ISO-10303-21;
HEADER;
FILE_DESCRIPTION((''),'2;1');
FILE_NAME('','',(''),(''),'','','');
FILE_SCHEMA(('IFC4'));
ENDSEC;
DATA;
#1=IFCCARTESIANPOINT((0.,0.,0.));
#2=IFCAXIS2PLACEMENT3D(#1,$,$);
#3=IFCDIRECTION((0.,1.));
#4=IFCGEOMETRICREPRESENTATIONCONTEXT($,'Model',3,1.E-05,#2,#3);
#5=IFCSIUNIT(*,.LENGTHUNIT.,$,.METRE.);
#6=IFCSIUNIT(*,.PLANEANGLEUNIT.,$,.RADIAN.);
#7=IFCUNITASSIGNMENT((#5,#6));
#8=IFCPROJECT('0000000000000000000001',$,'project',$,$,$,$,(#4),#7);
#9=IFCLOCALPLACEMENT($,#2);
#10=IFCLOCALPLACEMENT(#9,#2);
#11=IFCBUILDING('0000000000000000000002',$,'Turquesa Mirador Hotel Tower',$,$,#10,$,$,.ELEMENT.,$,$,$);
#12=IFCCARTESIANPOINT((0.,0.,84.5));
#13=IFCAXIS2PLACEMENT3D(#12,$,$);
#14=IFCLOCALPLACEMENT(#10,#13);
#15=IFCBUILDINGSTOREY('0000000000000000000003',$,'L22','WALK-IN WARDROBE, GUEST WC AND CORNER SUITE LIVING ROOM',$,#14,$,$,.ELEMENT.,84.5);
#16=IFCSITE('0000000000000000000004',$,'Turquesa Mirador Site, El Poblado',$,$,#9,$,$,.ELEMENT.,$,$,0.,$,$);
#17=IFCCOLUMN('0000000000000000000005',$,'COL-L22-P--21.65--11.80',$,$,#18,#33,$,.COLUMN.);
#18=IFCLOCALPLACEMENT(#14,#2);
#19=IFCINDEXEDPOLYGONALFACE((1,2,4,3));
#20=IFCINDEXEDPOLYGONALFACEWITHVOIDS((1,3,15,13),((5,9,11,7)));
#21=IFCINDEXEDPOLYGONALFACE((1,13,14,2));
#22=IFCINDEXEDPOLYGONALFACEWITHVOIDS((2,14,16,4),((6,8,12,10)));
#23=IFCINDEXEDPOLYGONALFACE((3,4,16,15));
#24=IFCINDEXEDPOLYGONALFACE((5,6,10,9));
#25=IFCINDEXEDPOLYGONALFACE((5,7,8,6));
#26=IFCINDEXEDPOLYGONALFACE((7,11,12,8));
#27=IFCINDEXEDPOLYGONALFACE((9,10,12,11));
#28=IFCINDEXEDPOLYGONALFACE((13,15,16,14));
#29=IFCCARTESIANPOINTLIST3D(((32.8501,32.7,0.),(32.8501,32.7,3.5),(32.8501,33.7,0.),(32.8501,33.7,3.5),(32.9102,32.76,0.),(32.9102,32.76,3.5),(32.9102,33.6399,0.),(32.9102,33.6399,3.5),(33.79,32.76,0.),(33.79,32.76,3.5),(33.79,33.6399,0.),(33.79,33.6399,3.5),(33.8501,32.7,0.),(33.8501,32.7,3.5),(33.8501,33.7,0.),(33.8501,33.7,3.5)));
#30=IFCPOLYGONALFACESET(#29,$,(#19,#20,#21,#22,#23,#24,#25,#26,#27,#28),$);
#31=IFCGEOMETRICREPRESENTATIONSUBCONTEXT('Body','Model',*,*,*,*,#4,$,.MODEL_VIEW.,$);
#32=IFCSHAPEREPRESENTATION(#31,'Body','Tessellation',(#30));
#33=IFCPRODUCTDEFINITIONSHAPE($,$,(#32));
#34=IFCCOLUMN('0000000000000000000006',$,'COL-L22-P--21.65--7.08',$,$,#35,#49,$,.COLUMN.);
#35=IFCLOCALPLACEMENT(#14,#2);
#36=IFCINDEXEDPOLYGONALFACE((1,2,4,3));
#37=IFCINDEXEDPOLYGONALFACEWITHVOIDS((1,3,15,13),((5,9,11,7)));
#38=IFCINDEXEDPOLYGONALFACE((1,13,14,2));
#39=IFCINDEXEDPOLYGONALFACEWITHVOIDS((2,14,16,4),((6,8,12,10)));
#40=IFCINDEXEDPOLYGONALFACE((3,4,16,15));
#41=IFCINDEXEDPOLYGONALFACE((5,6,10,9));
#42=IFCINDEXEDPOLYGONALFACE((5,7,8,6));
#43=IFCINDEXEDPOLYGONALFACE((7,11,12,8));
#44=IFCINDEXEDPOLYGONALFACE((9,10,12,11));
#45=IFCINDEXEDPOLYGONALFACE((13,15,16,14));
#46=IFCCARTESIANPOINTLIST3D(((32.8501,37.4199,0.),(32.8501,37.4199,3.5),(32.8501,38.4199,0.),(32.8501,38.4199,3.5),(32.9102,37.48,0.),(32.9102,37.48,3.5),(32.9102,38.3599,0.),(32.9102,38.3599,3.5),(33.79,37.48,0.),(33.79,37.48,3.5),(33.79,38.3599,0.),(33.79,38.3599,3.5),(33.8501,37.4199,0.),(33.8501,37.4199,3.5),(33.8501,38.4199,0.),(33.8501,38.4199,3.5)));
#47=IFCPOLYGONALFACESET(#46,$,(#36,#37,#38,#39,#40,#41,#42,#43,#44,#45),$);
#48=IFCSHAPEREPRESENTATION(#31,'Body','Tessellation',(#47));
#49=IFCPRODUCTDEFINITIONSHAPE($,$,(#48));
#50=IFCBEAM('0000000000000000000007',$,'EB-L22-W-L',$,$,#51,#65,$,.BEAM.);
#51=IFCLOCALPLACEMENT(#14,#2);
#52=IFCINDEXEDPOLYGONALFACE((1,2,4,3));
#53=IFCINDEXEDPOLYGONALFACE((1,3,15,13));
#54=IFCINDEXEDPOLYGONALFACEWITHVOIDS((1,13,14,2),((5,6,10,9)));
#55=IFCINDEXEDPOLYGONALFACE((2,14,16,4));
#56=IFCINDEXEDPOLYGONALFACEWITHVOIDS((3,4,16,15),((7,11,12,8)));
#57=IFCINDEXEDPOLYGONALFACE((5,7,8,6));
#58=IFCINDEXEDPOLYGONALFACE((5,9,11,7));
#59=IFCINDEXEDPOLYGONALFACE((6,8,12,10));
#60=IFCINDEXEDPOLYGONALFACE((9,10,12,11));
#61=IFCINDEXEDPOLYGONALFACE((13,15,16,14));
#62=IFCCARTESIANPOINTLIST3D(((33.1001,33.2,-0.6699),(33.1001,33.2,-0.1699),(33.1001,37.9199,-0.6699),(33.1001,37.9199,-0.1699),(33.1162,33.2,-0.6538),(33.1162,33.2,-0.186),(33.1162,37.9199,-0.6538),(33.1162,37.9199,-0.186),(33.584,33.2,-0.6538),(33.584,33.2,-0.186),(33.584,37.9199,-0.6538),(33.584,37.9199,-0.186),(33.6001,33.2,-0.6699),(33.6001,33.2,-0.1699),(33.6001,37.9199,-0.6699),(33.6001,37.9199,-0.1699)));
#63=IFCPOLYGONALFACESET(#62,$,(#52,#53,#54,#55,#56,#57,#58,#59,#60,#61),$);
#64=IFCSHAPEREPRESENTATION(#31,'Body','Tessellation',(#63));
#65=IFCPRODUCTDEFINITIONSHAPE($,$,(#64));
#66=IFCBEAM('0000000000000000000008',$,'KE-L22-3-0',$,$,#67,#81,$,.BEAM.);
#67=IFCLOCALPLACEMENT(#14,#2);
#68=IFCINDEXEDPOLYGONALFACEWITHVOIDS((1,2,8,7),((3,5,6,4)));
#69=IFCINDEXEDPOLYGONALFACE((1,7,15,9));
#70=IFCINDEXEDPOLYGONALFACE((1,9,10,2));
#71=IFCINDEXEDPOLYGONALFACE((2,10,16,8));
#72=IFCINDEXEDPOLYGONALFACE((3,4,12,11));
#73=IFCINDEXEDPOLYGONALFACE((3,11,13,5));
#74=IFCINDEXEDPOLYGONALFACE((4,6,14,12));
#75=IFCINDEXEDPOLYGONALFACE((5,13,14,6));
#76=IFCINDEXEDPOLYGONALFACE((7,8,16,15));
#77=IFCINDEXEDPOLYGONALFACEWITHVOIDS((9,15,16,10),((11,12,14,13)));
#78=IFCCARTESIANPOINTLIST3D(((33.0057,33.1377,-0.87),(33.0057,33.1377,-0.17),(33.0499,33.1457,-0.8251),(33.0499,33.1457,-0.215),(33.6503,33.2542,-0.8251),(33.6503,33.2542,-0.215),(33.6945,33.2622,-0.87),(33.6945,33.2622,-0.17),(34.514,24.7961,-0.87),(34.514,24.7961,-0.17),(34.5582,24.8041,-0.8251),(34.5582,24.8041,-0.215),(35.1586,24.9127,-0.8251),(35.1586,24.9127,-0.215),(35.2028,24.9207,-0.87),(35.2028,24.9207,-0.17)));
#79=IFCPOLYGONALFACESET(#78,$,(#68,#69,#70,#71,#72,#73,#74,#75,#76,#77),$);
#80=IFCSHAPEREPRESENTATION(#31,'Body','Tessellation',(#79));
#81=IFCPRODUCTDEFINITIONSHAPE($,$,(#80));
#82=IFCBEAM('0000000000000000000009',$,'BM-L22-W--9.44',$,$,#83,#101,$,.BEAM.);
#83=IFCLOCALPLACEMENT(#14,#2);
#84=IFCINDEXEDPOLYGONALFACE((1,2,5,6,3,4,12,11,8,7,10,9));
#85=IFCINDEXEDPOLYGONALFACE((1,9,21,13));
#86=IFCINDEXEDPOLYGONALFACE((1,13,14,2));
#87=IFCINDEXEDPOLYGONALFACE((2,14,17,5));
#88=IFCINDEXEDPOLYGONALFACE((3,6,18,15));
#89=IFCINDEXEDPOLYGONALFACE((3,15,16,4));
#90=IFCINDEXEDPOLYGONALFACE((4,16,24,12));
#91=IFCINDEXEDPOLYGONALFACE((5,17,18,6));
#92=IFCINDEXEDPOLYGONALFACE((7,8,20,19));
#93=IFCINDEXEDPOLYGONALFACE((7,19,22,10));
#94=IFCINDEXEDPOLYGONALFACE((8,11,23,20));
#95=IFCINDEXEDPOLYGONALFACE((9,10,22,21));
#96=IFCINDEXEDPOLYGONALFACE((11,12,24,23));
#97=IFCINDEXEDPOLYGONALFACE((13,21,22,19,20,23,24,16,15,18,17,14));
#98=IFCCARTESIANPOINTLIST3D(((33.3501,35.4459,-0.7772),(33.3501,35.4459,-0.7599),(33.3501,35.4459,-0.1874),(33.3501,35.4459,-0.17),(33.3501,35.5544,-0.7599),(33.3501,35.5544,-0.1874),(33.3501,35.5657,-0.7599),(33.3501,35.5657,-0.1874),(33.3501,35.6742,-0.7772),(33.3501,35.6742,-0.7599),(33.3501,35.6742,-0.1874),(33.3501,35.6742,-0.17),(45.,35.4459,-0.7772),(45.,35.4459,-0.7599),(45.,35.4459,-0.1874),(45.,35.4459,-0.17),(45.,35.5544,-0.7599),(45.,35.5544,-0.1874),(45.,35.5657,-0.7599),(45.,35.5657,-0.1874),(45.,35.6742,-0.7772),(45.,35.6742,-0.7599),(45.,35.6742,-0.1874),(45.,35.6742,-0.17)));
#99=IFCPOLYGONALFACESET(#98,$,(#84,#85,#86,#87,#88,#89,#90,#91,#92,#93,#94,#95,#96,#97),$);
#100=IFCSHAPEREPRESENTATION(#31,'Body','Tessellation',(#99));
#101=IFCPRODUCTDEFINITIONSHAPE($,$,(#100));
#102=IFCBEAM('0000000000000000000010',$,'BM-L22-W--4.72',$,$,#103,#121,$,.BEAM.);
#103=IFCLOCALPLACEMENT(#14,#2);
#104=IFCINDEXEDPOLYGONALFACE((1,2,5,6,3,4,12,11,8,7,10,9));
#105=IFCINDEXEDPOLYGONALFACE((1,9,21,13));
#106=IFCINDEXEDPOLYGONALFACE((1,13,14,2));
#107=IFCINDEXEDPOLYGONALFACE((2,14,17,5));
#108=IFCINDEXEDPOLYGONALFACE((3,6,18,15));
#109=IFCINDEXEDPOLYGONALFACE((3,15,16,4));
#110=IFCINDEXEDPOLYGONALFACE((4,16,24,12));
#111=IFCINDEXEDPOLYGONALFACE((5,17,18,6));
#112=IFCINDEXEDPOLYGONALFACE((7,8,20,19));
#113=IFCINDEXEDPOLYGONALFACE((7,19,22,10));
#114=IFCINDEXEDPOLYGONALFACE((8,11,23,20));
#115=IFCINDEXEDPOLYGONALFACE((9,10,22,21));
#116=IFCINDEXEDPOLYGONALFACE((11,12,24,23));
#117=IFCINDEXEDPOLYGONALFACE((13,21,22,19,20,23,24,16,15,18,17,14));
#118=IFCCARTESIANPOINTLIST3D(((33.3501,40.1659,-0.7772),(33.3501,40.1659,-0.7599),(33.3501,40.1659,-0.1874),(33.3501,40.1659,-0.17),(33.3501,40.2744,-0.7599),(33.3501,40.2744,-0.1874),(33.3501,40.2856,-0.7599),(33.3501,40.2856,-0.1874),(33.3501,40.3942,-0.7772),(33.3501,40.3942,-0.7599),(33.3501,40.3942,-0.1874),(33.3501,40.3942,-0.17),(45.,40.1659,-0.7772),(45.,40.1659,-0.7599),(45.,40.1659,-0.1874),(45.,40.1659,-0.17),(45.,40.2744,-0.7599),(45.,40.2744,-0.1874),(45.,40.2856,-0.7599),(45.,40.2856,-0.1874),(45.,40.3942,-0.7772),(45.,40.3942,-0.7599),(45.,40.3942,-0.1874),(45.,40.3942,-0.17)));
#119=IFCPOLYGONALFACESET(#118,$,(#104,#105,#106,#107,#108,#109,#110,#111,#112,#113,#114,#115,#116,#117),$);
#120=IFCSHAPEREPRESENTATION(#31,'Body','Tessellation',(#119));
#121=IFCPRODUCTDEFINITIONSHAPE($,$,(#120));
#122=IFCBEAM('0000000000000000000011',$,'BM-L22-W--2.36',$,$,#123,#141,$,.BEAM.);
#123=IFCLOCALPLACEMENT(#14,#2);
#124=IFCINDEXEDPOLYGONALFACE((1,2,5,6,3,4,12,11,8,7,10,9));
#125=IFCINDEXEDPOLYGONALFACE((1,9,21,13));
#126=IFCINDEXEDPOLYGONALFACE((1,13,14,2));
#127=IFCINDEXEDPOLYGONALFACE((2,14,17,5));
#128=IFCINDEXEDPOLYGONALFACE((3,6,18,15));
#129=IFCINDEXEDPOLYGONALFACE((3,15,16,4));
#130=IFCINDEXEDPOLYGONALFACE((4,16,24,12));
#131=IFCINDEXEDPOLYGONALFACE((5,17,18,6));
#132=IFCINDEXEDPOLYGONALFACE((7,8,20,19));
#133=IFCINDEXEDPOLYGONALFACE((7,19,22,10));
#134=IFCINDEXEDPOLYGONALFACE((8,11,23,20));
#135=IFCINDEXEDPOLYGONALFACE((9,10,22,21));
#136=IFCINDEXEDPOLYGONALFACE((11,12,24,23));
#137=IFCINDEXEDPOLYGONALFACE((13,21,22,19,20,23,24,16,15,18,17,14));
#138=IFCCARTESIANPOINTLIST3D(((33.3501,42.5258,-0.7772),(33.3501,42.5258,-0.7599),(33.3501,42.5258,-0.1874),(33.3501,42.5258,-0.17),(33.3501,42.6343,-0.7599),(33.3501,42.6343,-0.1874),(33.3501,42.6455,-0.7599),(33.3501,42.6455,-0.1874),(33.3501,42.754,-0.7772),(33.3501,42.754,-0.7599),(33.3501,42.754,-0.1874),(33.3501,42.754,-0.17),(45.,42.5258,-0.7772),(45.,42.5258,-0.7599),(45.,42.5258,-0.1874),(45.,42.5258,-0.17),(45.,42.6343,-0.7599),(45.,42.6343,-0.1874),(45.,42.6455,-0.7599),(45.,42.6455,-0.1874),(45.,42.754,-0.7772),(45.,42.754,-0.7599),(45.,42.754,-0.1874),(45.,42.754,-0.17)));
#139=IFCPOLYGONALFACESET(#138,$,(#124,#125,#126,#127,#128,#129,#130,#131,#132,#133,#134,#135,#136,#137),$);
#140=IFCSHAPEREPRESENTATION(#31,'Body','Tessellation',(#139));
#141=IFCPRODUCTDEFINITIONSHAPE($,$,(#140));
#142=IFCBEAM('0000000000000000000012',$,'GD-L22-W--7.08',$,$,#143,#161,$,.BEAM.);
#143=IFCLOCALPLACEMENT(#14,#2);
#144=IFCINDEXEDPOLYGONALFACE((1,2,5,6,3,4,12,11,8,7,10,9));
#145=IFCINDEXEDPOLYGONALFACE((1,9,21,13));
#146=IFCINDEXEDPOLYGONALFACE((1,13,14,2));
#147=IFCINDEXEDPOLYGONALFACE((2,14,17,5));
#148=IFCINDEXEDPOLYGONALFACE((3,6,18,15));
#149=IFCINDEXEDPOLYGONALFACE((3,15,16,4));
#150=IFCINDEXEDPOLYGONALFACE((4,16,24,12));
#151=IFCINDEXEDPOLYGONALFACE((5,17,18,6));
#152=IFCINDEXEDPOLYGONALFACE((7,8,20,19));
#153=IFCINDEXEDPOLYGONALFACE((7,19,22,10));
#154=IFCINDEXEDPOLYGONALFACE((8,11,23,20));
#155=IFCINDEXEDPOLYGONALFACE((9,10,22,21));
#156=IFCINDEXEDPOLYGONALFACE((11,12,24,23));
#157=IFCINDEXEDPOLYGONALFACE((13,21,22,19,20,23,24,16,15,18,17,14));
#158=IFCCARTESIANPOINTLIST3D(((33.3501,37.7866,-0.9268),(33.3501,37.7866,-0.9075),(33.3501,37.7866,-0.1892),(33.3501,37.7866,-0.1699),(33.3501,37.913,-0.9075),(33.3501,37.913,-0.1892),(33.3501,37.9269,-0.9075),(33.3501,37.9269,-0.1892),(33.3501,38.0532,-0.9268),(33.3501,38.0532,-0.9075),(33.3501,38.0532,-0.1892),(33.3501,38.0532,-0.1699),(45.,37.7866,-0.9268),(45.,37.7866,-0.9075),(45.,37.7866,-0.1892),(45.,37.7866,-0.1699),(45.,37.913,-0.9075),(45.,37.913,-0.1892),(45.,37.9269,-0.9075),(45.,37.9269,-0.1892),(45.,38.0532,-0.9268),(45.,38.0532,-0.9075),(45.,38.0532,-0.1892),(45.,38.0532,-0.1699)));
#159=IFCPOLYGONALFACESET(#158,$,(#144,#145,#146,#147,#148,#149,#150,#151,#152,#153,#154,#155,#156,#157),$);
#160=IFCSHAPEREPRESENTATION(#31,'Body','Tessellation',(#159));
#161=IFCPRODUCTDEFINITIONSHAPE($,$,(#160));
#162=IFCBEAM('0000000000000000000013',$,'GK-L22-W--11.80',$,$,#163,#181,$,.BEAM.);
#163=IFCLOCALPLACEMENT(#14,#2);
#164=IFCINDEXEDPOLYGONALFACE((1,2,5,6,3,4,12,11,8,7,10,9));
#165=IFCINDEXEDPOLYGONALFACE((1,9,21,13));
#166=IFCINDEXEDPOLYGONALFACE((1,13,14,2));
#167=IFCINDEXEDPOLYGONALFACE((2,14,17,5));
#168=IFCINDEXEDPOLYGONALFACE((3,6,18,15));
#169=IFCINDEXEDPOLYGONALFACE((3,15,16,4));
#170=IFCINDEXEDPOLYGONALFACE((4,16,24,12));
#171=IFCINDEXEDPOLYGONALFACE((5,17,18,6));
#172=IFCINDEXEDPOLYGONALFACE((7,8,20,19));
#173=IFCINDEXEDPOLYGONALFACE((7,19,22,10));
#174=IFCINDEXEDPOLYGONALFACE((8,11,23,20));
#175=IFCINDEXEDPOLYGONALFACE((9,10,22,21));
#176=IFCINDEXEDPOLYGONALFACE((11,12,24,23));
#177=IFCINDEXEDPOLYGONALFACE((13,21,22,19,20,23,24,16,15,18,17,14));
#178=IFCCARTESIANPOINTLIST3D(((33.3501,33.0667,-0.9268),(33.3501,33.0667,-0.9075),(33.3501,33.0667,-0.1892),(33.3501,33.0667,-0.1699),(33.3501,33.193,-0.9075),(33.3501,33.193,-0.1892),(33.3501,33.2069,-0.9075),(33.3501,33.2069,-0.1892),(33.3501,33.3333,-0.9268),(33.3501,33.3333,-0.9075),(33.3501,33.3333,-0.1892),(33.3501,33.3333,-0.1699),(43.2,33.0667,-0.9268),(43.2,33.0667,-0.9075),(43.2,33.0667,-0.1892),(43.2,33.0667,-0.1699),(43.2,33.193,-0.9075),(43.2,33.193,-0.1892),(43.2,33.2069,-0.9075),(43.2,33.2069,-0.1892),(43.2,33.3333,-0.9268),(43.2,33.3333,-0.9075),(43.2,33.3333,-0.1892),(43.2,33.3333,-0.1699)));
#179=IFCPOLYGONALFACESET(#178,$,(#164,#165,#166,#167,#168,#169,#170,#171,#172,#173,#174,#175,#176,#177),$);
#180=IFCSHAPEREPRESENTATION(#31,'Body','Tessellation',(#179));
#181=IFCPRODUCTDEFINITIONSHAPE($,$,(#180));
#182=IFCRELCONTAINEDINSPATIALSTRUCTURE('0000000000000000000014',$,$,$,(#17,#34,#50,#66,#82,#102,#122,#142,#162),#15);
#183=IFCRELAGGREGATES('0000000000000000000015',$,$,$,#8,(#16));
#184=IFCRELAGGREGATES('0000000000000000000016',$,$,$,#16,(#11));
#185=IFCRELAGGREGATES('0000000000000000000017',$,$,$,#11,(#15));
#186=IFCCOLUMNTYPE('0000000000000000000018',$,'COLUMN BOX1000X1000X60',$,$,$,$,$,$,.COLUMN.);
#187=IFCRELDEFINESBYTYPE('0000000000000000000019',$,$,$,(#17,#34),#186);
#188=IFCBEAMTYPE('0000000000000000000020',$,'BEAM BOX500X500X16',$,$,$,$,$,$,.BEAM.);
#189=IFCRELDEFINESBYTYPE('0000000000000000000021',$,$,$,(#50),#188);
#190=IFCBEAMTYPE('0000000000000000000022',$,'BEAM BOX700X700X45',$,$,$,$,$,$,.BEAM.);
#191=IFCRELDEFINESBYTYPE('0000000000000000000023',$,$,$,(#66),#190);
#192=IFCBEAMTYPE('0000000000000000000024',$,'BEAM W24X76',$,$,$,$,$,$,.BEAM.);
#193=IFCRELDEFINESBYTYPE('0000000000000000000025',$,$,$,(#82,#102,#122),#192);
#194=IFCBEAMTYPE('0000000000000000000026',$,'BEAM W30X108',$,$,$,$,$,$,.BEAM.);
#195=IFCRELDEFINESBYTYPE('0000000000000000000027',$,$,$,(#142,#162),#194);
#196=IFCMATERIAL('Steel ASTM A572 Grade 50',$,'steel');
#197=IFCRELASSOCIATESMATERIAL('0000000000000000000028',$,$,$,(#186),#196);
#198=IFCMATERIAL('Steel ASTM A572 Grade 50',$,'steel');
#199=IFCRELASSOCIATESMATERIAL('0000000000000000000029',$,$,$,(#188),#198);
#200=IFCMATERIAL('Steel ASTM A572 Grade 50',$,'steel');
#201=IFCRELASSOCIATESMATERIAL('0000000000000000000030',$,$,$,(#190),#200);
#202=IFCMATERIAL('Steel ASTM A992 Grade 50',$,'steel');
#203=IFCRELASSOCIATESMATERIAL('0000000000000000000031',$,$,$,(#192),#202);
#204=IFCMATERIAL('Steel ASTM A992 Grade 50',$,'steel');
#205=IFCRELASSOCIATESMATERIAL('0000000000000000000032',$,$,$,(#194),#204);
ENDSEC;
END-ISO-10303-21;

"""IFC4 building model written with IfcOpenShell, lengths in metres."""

from ifc_helpers import new_model, si_unit, direction, frame, origin, origin_2d, place, context, subcontext, project, spatial, hollow_rectangle, i_section, extrude, material, material_profile, profile_set, type_object, element, save


model = new_model("IFC4")

# Units and contexts
model_context = context("Model", 3, precision=1e-05, world=origin(), true_north=direction((0.0, 1.0)))
body_context = subcontext(model_context, "Body", "Model", "MODEL_VIEW")
ifc_project = project(units=[si_unit("LENGTHUNIT", "METRE"), si_unit("PLANEANGLEUNIT", "RADIAN")], contexts=[model_context])

# Site, building, storey
site_placement = place(None, origin())
site = spatial("IfcSite", under=ifc_project, at=site_placement, Name="Turquesa Mirador Site, El Poblado", CompositionType="ELEMENT", RefElevation=0.0)
building_placement = place(site_placement, origin())
building = spatial("IfcBuilding", under=site, at=building_placement, Name="Turquesa Mirador Hotel Tower", CompositionType="ELEMENT")
storey_placement = place(building_placement, frame((0.0, 0.0, 84.5)))
storey = spatial("IfcBuildingStorey", under=building, at=storey_placement, Name="L22", Description="WALK-IN WARDROBE, GUEST WC AND CORNER SUITE LIVING ROOM", CompositionType="ELEMENT", Elevation=84.5)

# Columns
ifc_material_1 = material(Name="Steel ASTM A572 Grade 50", Category="steel")
ifc_material_profile_1 = material_profile(ifc_material_1, hollow_rectangle(XDim=1.0, YDim=1.0, WallThickness=0.0601, at=origin_2d()), Name="BOX1000X1000X60")
ifc_profile_set_1 = profile_set([ifc_material_profile_1], Name="Steel ASTM A572 Grade 50")
column_type = type_object("IfcColumnType", Name="COLUMN BOX1000X1000X60", PredefinedType="COLUMN", material=ifc_profile_set_1)
for number, where, z_axis, x_axis, name in (
    (1, (33.3501, 33.2, 0.0), (0.0, 0.0, 1.0), (1.0, 0.0, 0.0), "COL-L22-P--21.65--11.80"),
    (2, (33.3501, 37.9199, 0.0), (0.0, 0.0, 1.0), (1.0, 0.0, 0.0), "COL-L22-P--21.65--7.08"),
):
    element("IfcColumn", number, at=place(storey_placement, frame(where, z_axis=z_axis, x_axis=x_axis)), inside=storey, type_object=column_type, Name=name, PredefinedType="COLUMN", context=body_context, shape_type="SweptSolid", body=[
        extrude(hollow_rectangle(XDim=1.0, YDim=1.0, WallThickness=0.0601, at=origin_2d()), origin(), (0.0, 0.0, 1.0), 3.5),
    ])

# Beams
ifc_material_2 = material(Name="Steel ASTM A572 Grade 50", Category="steel")
ifc_material_profile_2 = material_profile(ifc_material_2, hollow_rectangle(XDim=0.5, YDim=0.5, WallThickness=0.0161, at=origin_2d()), Name="BOX500X500X16")
ifc_profile_set_2 = profile_set([ifc_material_profile_2], Name="Steel ASTM A572 Grade 50")
beam_type_1 = type_object("IfcBeamType", Name="BEAM BOX500X500X16", PredefinedType="BEAM", material=ifc_profile_set_2)
beam_1_placement = place(storey_placement, frame((33.3501, 33.2, -0.4199), z_axis=(0.0, 1.0, 0.0), x_axis=(-1.0, 0.0, 0.0)))
element("IfcBeam", 3, at=beam_1_placement, inside=storey, type_object=beam_type_1, Name="EB-L22-W-L", PredefinedType="BEAM", context=body_context, shape_type="SweptSolid", body=[
    extrude(hollow_rectangle(XDim=0.5, YDim=0.5, WallThickness=0.0161, at=origin_2d()), origin(), (0.0, 0.0, 1.0), 4.72),
])
ifc_material_3 = material(Name="Steel ASTM A572 Grade 50", Category="steel")
ifc_material_profile_3 = material_profile(ifc_material_3, hollow_rectangle(XDim=0.7, YDim=0.7, WallThickness=0.0449, at=origin_2d()), Name="BOX700X700X45")
ifc_profile_set_3 = profile_set([ifc_material_profile_3], Name="Steel ASTM A572 Grade 50")
beam_type_2 = type_object("IfcBeamType", Name="BEAM BOX700X700X45", PredefinedType="BEAM", material=ifc_profile_set_3)
beam_2_placement = place(storey_placement, frame((33.3501, 33.2, -0.52), z_axis=(0.177932, -0.984043, 0.0), x_axis=(0.984043, 0.177932, 0.0)))
element("IfcBeam", 4, at=beam_2_placement, inside=storey, type_object=beam_type_2, Name="KE-L22-3-0", PredefinedType="BEAM", context=body_context, shape_type="SweptSolid", body=[
    extrude(hollow_rectangle(XDim=0.7, YDim=0.7, WallThickness=0.0449, at=origin_2d()), origin(), (0.0, 0.0, 1.0), 8.4768),
])
ifc_material_4 = material(Name="Steel ASTM A992 Grade 50", Category="steel")
ifc_material_profile_4 = material_profile(ifc_material_4, i_section(OverallWidth=0.2283, OverallDepth=0.6072, WebThickness=0.0112, FlangeThickness=0.0173, at=origin_2d()), Name="W24X76")
ifc_profile_set_4 = profile_set([ifc_material_profile_4], Name="Steel ASTM A992 Grade 50")
beam_type_3 = type_object("IfcBeamType", Name="BEAM W24X76", PredefinedType="BEAM", material=ifc_profile_set_4)
for number, where, z_axis, x_axis, name in (
    (5, (33.3501, 35.5601, -0.4736), (1.0, 0.0, 0.0), (0.0, 1.0, 0.0), "BM-L22-W--9.44"),
    (6, (33.3501, 40.28, -0.4736), (1.0, 0.0, 0.0), (0.0, 1.0, 0.0), "BM-L22-W--4.72"),
    (7, (33.3501, 42.6399, -0.4736), (1.0, 0.0, 0.0), (0.0, 1.0, 0.0), "BM-L22-W--2.36"),
):
    element("IfcBeam", number, at=place(storey_placement, frame(where, z_axis=z_axis, x_axis=x_axis)), inside=storey, type_object=beam_type_3, Name=name, PredefinedType="BEAM", context=body_context, shape_type="SweptSolid", body=[
        extrude(i_section(OverallWidth=0.2283, OverallDepth=0.6072, WebThickness=0.0112, FlangeThickness=0.0173, at=origin_2d()), origin(), (0.0, 0.0, 1.0), 11.6499),
    ])
ifc_material_5 = material(Name="Steel ASTM A992 Grade 50", Category="steel")
ifc_material_profile_5 = material_profile(ifc_material_5, i_section(OverallWidth=0.2666, OverallDepth=0.7568, WebThickness=0.0139, FlangeThickness=0.0193, at=origin_2d()), Name="W30X108")
ifc_profile_set_5 = profile_set([ifc_material_profile_5], Name="Steel ASTM A992 Grade 50")
beam_type_4 = type_object("IfcBeamType", Name="BEAM W30X108", PredefinedType="BEAM", material=ifc_profile_set_5)
beam_3_placement = place(storey_placement, frame((33.3501, 37.9199, -0.5483), z_axis=(1.0, 0.0, 0.0), x_axis=(0.0, 1.0, 0.0)))
element("IfcBeam", 8, at=beam_3_placement, inside=storey, type_object=beam_type_4, Name="GD-L22-W--7.08", PredefinedType="BEAM", context=body_context, shape_type="SweptSolid", body=[
    extrude(i_section(OverallWidth=0.2666, OverallDepth=0.7568, WebThickness=0.0139, FlangeThickness=0.0193, at=origin_2d()), origin(), (0.0, 0.0, 1.0), 11.6499),
])
beam_4_placement = place(storey_placement, frame((33.3501, 33.2, -0.5483), z_axis=(1.0, 0.0, 0.0), x_axis=(0.0, 1.0, 0.0)))
element("IfcBeam", 9, at=beam_4_placement, inside=storey, type_object=beam_type_4, Name="GK-L22-W--11.80", PredefinedType="BEAM", context=body_context, shape_type="SweptSolid", body=[
    extrude(i_section(OverallWidth=0.2666, OverallDepth=0.7568, WebThickness=0.0139, FlangeThickness=0.0193, at=origin_2d()), origin(), (0.0, 0.0, 1.0), 9.8499),
])

save(model, "model.ifc")
